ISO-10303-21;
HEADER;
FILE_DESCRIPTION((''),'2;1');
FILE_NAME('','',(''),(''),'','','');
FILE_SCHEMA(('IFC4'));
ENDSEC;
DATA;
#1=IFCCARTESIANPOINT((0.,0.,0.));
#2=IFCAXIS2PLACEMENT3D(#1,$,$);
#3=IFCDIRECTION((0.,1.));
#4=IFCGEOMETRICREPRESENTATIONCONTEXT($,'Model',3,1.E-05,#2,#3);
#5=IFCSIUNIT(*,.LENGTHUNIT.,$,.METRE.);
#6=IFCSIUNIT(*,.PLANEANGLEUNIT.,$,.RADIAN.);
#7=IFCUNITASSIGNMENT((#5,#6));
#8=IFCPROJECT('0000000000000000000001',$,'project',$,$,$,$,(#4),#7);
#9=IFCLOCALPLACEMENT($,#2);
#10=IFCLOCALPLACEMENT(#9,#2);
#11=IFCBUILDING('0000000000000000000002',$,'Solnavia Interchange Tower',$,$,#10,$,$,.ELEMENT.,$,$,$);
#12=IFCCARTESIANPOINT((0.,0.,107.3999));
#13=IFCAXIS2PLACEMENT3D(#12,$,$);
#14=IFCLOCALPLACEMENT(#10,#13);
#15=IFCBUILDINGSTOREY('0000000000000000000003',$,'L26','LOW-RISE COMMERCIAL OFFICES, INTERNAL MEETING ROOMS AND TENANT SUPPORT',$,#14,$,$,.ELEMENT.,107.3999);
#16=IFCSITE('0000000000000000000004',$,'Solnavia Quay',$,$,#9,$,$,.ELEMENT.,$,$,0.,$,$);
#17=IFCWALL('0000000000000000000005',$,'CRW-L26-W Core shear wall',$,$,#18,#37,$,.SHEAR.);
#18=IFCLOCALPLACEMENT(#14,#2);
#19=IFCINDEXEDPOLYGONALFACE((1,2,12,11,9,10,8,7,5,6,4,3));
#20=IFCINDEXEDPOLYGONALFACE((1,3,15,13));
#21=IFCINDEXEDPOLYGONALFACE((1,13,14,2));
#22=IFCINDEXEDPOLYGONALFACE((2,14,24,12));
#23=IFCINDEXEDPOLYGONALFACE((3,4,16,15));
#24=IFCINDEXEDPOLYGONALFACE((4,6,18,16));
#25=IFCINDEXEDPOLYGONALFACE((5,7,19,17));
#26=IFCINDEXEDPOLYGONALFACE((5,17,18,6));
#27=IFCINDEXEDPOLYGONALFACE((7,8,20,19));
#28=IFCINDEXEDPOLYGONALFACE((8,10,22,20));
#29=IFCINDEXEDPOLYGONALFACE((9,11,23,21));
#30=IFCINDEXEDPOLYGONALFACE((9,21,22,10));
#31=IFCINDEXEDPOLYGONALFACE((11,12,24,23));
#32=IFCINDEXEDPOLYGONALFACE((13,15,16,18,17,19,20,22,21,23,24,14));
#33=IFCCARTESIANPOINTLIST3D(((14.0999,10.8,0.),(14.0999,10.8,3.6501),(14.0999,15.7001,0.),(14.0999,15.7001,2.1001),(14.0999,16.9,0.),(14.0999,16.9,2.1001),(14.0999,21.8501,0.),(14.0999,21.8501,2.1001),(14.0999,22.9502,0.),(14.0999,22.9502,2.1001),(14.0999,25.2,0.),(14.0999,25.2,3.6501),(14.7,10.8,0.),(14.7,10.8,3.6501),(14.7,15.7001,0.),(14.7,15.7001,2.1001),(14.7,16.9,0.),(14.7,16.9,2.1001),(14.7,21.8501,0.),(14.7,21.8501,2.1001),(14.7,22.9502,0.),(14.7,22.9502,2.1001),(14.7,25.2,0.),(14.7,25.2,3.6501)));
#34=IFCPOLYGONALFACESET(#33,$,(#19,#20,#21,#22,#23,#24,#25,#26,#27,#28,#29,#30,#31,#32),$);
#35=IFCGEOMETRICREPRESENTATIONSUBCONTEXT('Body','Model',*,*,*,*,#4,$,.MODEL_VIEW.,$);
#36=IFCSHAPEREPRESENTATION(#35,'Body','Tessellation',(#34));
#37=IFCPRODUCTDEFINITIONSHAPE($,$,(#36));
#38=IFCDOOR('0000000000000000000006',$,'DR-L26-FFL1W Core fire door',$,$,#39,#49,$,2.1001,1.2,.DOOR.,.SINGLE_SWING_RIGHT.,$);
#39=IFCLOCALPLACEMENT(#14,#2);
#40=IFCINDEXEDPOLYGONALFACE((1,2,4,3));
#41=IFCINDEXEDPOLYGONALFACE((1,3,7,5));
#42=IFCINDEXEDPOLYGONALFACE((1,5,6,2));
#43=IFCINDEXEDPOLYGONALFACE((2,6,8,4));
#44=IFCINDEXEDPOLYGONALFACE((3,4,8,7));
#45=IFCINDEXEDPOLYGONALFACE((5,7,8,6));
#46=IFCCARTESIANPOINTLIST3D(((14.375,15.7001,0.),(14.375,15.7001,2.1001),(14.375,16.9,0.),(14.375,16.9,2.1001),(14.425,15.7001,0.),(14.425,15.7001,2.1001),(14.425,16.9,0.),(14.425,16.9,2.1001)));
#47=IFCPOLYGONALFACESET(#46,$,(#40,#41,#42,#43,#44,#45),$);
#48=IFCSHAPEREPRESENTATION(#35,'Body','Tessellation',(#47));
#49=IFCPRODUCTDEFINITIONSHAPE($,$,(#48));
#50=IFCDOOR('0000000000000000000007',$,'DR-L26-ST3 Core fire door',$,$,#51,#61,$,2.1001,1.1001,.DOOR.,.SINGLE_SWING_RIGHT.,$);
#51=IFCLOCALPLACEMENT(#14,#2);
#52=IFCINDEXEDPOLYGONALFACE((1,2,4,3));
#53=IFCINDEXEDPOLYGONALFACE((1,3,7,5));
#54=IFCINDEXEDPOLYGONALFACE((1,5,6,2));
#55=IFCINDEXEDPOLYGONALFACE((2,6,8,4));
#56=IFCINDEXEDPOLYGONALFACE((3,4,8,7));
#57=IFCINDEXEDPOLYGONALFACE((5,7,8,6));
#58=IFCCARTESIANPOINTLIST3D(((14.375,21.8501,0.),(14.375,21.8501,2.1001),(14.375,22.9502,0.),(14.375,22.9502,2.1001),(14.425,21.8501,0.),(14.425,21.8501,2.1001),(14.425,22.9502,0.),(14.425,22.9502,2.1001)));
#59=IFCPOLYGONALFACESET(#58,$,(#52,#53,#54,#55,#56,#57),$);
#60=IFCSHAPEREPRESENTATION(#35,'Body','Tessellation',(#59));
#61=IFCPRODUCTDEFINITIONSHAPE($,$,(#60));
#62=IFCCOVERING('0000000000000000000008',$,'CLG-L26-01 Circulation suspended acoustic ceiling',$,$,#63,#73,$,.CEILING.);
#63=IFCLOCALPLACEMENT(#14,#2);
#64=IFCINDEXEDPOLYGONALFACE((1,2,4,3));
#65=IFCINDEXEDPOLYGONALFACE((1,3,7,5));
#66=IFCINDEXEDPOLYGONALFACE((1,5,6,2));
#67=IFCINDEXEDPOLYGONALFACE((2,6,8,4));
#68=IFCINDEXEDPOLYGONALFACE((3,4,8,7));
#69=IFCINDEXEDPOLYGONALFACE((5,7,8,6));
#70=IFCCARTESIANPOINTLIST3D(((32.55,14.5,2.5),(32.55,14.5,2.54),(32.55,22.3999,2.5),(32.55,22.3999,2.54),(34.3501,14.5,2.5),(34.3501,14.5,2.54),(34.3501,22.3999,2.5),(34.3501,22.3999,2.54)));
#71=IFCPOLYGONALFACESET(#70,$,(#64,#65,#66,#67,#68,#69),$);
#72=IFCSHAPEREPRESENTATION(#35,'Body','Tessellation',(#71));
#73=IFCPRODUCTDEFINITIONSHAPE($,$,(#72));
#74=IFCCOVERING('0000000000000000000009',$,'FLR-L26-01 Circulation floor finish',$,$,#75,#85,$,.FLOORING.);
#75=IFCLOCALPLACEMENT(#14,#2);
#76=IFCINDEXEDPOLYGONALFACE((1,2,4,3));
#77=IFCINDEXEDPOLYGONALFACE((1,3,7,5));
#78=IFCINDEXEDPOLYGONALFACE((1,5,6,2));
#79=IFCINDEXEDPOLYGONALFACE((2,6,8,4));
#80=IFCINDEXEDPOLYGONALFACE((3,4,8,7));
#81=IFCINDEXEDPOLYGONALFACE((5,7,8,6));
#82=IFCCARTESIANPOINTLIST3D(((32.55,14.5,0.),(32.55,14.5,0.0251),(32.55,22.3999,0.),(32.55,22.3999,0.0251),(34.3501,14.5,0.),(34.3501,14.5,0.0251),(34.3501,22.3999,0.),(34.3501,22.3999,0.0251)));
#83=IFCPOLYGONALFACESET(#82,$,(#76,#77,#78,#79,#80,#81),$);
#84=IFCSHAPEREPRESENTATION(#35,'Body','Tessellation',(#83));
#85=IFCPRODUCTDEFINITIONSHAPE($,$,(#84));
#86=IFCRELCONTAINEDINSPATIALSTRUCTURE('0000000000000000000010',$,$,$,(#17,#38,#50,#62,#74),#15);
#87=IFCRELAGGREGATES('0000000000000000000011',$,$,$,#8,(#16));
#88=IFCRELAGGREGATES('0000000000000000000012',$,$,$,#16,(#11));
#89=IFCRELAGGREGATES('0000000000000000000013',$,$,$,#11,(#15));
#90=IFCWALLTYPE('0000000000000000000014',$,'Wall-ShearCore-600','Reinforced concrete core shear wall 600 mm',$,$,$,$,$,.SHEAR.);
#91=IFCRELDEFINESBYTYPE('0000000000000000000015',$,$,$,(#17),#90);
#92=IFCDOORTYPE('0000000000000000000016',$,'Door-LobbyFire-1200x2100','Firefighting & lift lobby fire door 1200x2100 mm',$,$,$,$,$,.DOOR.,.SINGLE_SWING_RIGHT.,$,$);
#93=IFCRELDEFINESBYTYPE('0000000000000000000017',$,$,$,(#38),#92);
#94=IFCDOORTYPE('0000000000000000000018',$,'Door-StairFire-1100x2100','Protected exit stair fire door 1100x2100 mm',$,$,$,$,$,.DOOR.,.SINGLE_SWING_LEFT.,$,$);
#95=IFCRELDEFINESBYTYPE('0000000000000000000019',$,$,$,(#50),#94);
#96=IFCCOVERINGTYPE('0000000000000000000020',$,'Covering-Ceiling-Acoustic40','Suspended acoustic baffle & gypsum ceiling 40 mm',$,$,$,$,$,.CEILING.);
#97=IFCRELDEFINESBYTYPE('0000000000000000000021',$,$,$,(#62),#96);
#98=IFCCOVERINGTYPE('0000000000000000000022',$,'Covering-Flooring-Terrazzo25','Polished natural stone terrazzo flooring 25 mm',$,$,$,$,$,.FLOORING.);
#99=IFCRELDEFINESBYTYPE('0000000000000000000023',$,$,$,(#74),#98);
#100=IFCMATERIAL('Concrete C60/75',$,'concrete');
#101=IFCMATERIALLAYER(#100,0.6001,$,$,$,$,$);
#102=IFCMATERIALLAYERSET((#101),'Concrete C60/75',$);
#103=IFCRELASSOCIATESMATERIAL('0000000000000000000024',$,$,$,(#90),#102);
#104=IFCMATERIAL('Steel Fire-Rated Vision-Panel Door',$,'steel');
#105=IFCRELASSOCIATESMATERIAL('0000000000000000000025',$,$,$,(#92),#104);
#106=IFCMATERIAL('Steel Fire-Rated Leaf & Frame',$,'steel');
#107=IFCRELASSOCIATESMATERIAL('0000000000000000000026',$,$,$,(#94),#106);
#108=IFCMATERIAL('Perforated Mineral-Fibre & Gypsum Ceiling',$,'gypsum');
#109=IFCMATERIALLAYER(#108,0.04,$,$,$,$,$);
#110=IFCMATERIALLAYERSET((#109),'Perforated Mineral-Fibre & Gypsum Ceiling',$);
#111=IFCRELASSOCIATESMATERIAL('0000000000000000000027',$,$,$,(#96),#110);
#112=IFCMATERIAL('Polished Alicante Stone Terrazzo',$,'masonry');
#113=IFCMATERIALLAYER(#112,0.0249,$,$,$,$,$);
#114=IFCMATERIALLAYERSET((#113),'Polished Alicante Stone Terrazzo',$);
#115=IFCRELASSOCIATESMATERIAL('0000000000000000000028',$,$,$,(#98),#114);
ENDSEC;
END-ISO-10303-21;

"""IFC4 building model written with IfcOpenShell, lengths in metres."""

from ifc_helpers import new_model, si_unit, direction, frame, frame_2d, origin, place, context, subcontext, project, spatial, polyline, rectangle, outline, extrude, material, layer, layer_set, type_object, element, fill, save


model = new_model("IFC4")

# Units and contexts
model_context = context("Model", 3, precision=1e-05, world=origin(), true_north=direction((0.0, 1.0)))
body_context = subcontext(model_context, "Body", "Model", "MODEL_VIEW")
ifc_project = project(units=[si_unit("LENGTHUNIT", "METRE"), si_unit("PLANEANGLEUNIT", "RADIAN")], contexts=[model_context])

# Site, building, storey
site_placement = place(None, origin())
site = spatial("IfcSite", under=ifc_project, at=site_placement, Name="Solnavia Quay", CompositionType="ELEMENT", RefElevation=0.0)
building_placement = place(site_placement, origin())
building = spatial("IfcBuilding", under=site, at=building_placement, Name="Solnavia Interchange Tower", CompositionType="ELEMENT")
storey_placement = place(building_placement, frame((0.0, 0.0, 107.3999)))
storey = spatial("IfcBuildingStorey", under=building, at=storey_placement, Name="L26", Description="LOW-RISE COMMERCIAL OFFICES, INTERNAL MEETING ROOMS AND TENANT SUPPORT", CompositionType="ELEMENT", Elevation=107.3999)

# Shared definitions
ifc_material_1 = material(Name="Concrete C60/75", Category="concrete")

# Shared definitions
ifc_layer_1 = layer(ifc_material_1, 0.6001)
ifc_layer_set_1 = layer_set([ifc_layer_1], Name="Concrete C60/75")
wall_type_1 = type_object("IfcWallType", Name="Wall-ShearCore-600", Description="Reinforced concrete core shear wall 600 mm", PredefinedType="SHEAR", material=ifc_layer_set_1)

# Wall, openings, doors
wall_1_placement = place(storey_placement, frame((14.3999, 10.8, 0.0), z_axis=(0.0, 0.0, 1.0), x_axis=(0.0, 1.0, 0.0)))
wall_1 = element("IfcWall", 1, at=wall_1_placement, inside=storey, type_object=wall_type_1, Name="CRW-L26-W Core shear wall", PredefinedType="SHEAR", context=body_context, shape_type="SweptSolid", body=[
    extrude(rectangle(XDim=14.3999, YDim=0.6001, at=frame_2d((7.2, 0.0))), origin(), (0.0, 0.0, 1.0), 3.6501),
])
opening_1_placement = place(wall_1_placement, frame((11.05, 0.0, 0.0)))
opening_1 = element("IfcOpeningElement", 2, at=opening_1_placement, cuts=wall_1, PredefinedType="OPENING", context=body_context, shape_type="SweptSolid", body=[
    extrude(rectangle(XDim=1.1001, YDim=2.1001, at=frame_2d((0.55, 1.05))), frame((0.0, 0.3101, 0.0), z_axis=(0.0, -1.0, 0.0), x_axis=(1.0, 0.0, 0.0)), (0.0, 0.0, 1.0), 0.6201),
])
opening_2_placement = place(wall_1_placement, frame((4.8999, 0.0, 0.0)))
opening_2 = element("IfcOpeningElement", 3, at=opening_2_placement, cuts=wall_1, PredefinedType="OPENING", context=body_context, shape_type="SweptSolid", body=[
    extrude(rectangle(XDim=1.2, YDim=2.1001, at=frame_2d((0.6001, 1.05))), frame((0.0, 0.3101, 0.0), z_axis=(0.0, -1.0, 0.0), x_axis=(1.0, 0.0, 0.0)), (0.0, 0.0, 1.0), 0.6201),
])
ifc_material_2 = material(Name="Steel Fire-Rated Vision-Panel Door", Category="steel")
door_type_1 = type_object("IfcDoorType", Name="Door-LobbyFire-1200x2100", Description="Firefighting & lift lobby fire door 1200x2100 mm", OperationType="SINGLE_SWING_RIGHT", PredefinedType="DOOR", material=ifc_material_2)
door_1_placement = place(opening_2_placement, origin())
door_1 = element("IfcDoor", 4, at=door_1_placement, inside=storey, type_object=door_type_1, Name="DR-L26-FFL1W Core fire door", OperationType="SINGLE_SWING_RIGHT", OverallHeight=2.1001, OverallWidth=1.2, PredefinedType="DOOR", context=body_context, shape_type="SweptSolid", body=[
    extrude(rectangle(XDim=1.2, YDim=2.1001, at=frame_2d((0.6001, 1.05))), frame((0.0, 0.0249, 0.0), z_axis=(0.0, -1.0, 0.0), x_axis=(1.0, 0.0, 0.0)), (0.0, 0.0, 1.0), 0.05),
])
fill(opening_2, door_1)
ifc_material_3 = material(Name="Steel Fire-Rated Leaf & Frame", Category="steel")
door_type_2 = type_object("IfcDoorType", Name="Door-StairFire-1100x2100", Description="Protected exit stair fire door 1100x2100 mm", OperationType="SINGLE_SWING_LEFT", PredefinedType="DOOR", material=ifc_material_3)
door_2_placement = place(opening_1_placement, origin())
door_2 = element("IfcDoor", 5, at=door_2_placement, inside=storey, type_object=door_type_2, Name="DR-L26-ST3 Core fire door", OperationType="SINGLE_SWING_RIGHT", OverallHeight=2.1001, OverallWidth=1.1001, PredefinedType="DOOR", context=body_context, shape_type="SweptSolid", body=[
    extrude(rectangle(XDim=1.1001, YDim=2.1001, at=frame_2d((0.55, 1.05))), frame((0.0, 0.0249, 0.0), z_axis=(0.0, -1.0, 0.0), x_axis=(1.0, 0.0, 0.0)), (0.0, 0.0, 1.0), 0.05),
])
fill(opening_1, door_2)

# Coverings
ifc_material_4 = material(Name="Perforated Mineral-Fibre & Gypsum Ceiling", Category="gypsum")
ifc_layer_2 = layer(ifc_material_4, 0.04)
ifc_layer_set_2 = layer_set([ifc_layer_2], Name="Perforated Mineral-Fibre & Gypsum Ceiling")
covering_type_1 = type_object("IfcCoveringType", Name="Covering-Ceiling-Acoustic40", Description="Suspended acoustic baffle & gypsum ceiling 40 mm", PredefinedType="CEILING", material=ifc_layer_set_2)
covering_1_placement = place(storey_placement, frame((0.0, 0.0, 2.5)))
element("IfcCovering", 6, at=covering_1_placement, inside=storey, type_object=covering_type_1, Name="CLG-L26-01 Circulation suspended acoustic ceiling", PredefinedType="CEILING", context=body_context, shape_type="SweptSolid", body=[
    extrude(outline(polyline([(32.55, 14.5), (34.3501, 14.5), (34.3501, 22.3999), (32.55, 22.3999), (32.55, 14.5)])), origin(), (0.0, 0.0, 1.0), 0.04),
])
ifc_material_5 = material(Name="Polished Alicante Stone Terrazzo", Category="masonry")
ifc_layer_3 = layer(ifc_material_5, 0.0249)
ifc_layer_set_3 = layer_set([ifc_layer_3], Name="Polished Alicante Stone Terrazzo")
covering_type_2 = type_object("IfcCoveringType", Name="Covering-Flooring-Terrazzo25", Description="Polished natural stone terrazzo flooring 25 mm", PredefinedType="FLOORING", material=ifc_layer_set_3)
covering_2_placement = place(storey_placement, origin())
element("IfcCovering", 7, at=covering_2_placement, inside=storey, type_object=covering_type_2, Name="FLR-L26-01 Circulation floor finish", PredefinedType="FLOORING", context=body_context, shape_type="SweptSolid", body=[
    extrude(outline(polyline([(32.55, 14.5), (34.3501, 14.5), (34.3501, 22.3999), (32.55, 22.3999), (32.55, 14.5)])), origin(), (0.0, 0.0, 1.0), 0.0251),
])

save(model, "model.ifc")
